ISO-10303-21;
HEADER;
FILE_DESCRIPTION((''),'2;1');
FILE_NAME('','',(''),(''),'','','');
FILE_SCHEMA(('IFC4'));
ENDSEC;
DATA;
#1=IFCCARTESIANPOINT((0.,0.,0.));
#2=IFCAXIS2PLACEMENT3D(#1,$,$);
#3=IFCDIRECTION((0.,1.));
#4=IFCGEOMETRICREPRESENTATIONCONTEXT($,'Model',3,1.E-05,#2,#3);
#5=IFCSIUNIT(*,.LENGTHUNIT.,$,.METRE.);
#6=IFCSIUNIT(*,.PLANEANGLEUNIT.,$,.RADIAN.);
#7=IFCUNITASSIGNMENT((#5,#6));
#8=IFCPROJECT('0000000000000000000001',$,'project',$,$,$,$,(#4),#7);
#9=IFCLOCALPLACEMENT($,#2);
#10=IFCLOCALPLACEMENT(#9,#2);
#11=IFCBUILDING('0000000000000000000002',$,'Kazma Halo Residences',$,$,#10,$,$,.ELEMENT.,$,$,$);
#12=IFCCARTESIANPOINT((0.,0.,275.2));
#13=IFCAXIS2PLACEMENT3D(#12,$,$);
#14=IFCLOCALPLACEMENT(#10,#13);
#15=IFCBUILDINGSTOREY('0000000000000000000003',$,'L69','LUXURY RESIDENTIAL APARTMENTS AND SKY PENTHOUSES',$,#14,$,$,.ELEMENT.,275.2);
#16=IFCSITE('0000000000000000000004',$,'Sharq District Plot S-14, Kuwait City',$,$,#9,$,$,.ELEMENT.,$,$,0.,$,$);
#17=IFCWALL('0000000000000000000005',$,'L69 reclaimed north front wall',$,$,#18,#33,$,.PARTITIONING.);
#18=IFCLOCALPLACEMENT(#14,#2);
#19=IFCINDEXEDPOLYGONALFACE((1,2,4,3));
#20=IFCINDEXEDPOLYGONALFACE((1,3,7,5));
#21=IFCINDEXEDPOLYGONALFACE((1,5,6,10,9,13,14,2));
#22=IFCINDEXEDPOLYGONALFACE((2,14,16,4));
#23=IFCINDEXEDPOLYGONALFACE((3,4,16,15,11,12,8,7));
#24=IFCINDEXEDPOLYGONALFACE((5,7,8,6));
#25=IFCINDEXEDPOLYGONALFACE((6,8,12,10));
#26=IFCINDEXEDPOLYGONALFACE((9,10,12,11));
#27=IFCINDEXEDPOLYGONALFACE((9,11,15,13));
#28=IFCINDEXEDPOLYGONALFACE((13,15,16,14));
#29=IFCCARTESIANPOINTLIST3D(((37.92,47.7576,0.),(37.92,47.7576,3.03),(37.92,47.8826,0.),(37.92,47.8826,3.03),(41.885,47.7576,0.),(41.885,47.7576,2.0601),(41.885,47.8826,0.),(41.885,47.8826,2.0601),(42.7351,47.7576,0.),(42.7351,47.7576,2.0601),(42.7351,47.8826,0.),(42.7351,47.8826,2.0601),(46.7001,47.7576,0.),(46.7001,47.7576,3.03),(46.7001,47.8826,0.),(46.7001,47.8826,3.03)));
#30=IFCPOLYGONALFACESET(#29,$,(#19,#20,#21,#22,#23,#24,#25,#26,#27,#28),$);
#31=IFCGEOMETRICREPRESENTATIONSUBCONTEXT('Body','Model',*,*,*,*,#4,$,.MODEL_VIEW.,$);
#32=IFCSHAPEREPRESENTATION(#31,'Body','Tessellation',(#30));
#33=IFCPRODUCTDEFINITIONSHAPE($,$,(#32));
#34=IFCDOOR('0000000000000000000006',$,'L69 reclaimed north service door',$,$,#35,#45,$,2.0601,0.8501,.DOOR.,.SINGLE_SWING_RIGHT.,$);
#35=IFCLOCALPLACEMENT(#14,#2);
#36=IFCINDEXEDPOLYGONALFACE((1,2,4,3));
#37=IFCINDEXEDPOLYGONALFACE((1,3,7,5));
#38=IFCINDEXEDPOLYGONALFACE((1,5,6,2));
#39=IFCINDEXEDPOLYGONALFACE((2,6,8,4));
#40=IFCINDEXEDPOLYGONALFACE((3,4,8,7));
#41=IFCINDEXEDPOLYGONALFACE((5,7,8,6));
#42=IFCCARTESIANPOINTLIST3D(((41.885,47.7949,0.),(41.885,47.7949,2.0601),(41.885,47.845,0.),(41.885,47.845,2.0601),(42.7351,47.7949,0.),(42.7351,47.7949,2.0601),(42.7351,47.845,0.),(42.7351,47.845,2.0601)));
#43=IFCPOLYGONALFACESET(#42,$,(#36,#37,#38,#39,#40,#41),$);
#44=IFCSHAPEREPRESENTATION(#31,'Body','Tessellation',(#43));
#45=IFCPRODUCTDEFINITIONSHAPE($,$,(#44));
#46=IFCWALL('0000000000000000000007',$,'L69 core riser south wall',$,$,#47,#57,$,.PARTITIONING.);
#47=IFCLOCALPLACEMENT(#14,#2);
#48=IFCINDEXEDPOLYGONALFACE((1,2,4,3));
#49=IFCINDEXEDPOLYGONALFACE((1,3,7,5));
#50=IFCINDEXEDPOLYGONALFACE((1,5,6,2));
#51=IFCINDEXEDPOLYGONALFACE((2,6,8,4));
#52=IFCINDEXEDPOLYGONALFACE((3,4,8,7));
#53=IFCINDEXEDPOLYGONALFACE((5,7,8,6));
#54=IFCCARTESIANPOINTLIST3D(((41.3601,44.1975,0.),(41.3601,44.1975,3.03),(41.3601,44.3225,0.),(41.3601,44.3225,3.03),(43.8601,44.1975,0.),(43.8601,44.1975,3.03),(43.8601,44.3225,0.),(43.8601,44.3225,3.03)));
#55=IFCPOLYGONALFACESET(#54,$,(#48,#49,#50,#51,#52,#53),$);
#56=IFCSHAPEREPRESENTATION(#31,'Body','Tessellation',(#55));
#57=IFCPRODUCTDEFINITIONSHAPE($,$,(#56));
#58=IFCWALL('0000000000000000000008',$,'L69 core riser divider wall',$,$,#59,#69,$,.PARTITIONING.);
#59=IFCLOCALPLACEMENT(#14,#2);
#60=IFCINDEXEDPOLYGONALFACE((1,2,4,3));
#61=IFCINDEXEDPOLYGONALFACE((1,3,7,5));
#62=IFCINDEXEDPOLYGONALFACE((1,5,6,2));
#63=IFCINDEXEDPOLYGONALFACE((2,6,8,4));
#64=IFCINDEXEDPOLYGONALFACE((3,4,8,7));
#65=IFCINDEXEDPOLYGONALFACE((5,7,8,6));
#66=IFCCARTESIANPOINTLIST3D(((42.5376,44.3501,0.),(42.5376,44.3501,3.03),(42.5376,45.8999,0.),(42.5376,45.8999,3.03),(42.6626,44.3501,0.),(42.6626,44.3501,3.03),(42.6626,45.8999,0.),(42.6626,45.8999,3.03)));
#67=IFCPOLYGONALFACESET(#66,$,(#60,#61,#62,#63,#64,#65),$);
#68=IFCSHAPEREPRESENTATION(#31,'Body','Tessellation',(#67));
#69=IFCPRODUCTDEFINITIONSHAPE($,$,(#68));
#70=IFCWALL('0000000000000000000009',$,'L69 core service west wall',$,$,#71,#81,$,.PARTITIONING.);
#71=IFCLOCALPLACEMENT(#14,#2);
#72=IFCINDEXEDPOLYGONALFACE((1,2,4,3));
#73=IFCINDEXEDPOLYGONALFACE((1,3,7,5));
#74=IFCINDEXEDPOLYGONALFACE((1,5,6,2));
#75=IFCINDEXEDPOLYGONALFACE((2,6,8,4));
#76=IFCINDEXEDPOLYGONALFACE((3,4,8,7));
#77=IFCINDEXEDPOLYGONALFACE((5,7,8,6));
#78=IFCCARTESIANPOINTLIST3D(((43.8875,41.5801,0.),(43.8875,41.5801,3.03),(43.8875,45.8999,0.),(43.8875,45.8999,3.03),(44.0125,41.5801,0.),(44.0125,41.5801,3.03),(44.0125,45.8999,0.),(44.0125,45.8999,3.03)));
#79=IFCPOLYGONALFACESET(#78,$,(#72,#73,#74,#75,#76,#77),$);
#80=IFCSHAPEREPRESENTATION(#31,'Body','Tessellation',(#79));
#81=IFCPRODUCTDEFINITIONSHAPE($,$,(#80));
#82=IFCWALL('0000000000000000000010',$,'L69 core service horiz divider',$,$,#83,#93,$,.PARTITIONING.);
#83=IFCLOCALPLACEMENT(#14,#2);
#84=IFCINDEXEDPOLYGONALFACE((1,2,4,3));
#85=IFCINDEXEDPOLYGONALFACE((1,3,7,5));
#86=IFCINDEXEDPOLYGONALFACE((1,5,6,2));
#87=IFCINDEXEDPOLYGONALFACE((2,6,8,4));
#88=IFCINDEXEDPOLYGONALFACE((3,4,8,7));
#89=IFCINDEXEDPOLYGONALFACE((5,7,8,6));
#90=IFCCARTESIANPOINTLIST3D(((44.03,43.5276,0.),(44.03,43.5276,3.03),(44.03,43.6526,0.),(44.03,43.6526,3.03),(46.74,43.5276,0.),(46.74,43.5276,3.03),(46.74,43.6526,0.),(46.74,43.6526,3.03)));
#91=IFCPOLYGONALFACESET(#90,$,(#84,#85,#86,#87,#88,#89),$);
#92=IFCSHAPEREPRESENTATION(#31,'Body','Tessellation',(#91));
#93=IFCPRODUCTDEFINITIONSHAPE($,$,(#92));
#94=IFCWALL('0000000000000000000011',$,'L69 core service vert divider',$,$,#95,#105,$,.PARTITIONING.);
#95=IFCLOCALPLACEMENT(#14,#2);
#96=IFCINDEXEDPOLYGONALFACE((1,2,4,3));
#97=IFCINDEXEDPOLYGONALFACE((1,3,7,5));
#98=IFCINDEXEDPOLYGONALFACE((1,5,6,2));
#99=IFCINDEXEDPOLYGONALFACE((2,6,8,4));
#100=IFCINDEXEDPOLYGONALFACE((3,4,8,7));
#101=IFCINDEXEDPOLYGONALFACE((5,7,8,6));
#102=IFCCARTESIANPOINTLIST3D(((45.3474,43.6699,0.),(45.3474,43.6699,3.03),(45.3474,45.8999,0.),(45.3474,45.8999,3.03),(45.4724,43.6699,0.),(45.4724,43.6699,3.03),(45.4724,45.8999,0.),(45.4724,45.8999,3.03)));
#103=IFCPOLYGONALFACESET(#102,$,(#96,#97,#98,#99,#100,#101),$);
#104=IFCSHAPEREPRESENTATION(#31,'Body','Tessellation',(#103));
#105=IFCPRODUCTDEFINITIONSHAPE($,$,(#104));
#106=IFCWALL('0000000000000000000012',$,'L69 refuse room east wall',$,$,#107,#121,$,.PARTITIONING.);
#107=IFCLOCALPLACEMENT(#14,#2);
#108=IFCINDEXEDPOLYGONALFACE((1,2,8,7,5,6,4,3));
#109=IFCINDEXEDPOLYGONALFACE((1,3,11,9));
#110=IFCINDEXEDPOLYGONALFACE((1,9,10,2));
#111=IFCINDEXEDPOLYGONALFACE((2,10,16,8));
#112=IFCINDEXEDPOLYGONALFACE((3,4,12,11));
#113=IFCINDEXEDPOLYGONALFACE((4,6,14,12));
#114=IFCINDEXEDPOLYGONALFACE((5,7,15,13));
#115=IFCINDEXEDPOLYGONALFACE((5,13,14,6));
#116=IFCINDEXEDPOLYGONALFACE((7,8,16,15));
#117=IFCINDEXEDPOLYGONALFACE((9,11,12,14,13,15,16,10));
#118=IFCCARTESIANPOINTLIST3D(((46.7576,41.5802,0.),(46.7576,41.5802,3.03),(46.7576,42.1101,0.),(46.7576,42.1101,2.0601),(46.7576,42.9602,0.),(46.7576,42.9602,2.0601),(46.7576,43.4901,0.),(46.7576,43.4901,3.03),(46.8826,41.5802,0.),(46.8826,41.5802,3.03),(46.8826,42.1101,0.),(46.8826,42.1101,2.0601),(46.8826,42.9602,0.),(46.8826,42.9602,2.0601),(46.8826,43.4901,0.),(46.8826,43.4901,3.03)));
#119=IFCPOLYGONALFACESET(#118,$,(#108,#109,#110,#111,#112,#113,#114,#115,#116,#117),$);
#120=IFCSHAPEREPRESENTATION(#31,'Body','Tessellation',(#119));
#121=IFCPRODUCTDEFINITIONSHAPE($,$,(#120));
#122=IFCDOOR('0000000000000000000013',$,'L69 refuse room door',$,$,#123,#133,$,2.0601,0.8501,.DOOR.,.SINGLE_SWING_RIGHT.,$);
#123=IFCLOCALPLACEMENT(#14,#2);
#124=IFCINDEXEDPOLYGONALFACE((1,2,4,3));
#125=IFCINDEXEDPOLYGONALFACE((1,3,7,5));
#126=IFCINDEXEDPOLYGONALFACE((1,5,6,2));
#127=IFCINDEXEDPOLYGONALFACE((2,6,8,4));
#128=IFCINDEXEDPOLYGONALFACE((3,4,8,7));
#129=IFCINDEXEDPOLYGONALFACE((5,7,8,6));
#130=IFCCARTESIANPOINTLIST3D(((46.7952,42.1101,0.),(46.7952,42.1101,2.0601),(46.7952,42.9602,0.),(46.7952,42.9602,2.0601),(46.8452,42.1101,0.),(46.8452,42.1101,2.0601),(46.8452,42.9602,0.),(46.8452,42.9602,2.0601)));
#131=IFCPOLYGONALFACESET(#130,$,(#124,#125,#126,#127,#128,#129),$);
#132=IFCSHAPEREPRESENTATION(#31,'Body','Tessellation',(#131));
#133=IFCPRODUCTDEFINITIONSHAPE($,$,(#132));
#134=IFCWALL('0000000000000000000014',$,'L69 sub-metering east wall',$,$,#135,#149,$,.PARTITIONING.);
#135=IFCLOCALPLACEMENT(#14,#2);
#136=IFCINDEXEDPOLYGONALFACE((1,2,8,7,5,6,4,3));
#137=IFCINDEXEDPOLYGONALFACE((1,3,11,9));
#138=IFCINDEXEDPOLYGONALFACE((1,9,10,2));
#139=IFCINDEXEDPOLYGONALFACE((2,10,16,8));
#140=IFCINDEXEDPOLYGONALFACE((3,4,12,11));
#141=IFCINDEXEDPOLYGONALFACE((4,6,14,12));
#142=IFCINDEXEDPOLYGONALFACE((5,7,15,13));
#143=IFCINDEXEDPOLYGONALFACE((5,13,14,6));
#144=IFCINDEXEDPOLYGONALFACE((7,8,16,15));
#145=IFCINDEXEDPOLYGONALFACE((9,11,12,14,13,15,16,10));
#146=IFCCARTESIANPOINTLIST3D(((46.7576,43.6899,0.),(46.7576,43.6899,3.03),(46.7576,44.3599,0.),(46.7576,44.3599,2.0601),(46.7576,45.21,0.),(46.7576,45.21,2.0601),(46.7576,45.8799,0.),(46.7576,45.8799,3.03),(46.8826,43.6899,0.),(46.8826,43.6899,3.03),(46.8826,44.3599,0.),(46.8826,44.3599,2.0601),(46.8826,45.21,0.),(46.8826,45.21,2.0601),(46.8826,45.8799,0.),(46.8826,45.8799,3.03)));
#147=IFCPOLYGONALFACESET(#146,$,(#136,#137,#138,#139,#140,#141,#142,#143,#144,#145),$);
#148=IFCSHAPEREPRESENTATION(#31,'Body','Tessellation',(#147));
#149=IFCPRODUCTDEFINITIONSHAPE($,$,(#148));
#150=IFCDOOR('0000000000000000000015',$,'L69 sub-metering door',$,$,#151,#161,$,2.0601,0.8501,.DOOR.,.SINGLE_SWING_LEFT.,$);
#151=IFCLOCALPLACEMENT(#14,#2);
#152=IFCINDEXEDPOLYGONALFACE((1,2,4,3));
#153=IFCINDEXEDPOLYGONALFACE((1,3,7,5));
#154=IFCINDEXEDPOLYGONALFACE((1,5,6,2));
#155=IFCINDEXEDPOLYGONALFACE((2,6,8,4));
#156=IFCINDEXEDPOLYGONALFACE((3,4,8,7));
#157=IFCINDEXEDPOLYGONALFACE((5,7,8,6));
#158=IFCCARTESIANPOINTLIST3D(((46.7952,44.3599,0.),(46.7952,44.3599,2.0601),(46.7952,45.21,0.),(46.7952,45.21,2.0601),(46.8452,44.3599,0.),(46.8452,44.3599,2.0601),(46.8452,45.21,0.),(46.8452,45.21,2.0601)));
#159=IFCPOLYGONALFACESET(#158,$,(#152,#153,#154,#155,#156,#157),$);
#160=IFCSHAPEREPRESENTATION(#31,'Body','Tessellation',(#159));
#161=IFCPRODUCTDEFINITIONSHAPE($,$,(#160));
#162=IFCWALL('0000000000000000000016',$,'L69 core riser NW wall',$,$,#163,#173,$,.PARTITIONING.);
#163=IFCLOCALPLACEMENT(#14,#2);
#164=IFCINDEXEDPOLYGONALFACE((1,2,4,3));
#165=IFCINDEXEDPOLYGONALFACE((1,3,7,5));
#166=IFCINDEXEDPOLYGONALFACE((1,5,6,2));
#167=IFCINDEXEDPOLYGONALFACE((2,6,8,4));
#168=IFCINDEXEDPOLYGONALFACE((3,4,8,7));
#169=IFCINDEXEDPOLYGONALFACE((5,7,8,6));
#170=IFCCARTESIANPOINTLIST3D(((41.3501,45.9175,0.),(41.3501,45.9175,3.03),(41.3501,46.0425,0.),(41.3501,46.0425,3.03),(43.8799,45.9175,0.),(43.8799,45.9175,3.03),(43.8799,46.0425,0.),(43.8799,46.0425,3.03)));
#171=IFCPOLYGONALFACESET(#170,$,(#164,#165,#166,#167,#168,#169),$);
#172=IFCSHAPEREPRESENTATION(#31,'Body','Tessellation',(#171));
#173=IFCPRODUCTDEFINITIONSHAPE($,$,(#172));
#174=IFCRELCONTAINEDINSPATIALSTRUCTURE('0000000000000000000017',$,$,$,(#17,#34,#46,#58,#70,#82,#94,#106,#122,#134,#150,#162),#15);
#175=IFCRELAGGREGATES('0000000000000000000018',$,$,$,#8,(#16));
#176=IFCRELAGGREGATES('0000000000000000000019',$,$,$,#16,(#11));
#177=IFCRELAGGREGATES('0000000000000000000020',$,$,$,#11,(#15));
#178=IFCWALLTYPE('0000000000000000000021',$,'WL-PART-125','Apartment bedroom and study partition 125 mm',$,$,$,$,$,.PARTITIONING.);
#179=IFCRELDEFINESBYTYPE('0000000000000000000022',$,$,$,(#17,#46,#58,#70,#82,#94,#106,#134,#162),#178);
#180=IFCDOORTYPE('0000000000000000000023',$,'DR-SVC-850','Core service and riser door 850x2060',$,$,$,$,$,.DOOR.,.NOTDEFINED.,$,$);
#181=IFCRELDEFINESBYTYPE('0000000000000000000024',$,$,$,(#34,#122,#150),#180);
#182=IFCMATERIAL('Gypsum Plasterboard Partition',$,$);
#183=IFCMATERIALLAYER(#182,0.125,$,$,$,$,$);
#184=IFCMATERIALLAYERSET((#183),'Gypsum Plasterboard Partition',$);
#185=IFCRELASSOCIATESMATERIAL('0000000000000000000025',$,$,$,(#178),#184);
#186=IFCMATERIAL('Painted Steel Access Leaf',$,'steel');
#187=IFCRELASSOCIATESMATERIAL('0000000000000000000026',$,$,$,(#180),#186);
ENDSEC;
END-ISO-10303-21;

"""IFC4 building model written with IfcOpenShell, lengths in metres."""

from ifc_helpers import new_model, si_unit, direction, frame, frame_2d, origin, place, context, subcontext, project, spatial, rectangle, extrude, material, layer, layer_set, type_object, element, fill, save


model = new_model("IFC4")

# Units and contexts
model_context = context("Model", 3, precision=1e-05, world=origin(), true_north=direction((0.0, 1.0)))
body_context = subcontext(model_context, "Body", "Model", "MODEL_VIEW")
ifc_project = project(units=[si_unit("LENGTHUNIT", "METRE"), si_unit("PLANEANGLEUNIT", "RADIAN")], contexts=[model_context])

# Site, building, storey
site_placement = place(None, origin())
site = spatial("IfcSite", under=ifc_project, at=site_placement, Name="Sharq District Plot S-14, Kuwait City", CompositionType="ELEMENT", RefElevation=0.0)
building_placement = place(site_placement, origin())
building = spatial("IfcBuilding", under=site, at=building_placement, Name="Kazma Halo Residences", CompositionType="ELEMENT")
storey_placement = place(building_placement, frame((0.0, 0.0, 275.2)))
storey = spatial("IfcBuildingStorey", under=building, at=storey_placement, Name="L69", Description="LUXURY RESIDENTIAL APARTMENTS AND SKY PENTHOUSES", CompositionType="ELEMENT", Elevation=275.2)

# Wall, opening, door
ifc_material_1 = material(Name="Gypsum Plasterboard Partition")
ifc_layer_1 = layer(ifc_material_1, 0.125)
ifc_layer_set_1 = layer_set([ifc_layer_1], Name="Gypsum Plasterboard Partition")
wall_type_1 = type_object("IfcWallType", Name="WL-PART-125", Description="Apartment bedroom and study partition 125 mm", PredefinedType="PARTITIONING", material=ifc_layer_set_1)
wall_1_placement = place(storey_placement, frame((37.9199, 47.8201, 0.0), z_axis=(0.0, 0.0, 1.0), x_axis=(1.0, 0.0, 0.0)))
wall_1 = element("IfcWall", 1, at=wall_1_placement, inside=storey, type_object=wall_type_1, Name="L69 reclaimed north front wall", PredefinedType="PARTITIONING", context=body_context, shape_type="SweptSolid", body=[
    extrude(rectangle(XDim=8.78, YDim=0.125, at=frame_2d((4.3901, 0.0))), origin(), (0.0, 0.0, 1.0), 3.03),
])
opening_1_placement = place(wall_1_placement, frame((3.9651, 0.0, 0.0)))
opening_1 = element("IfcOpeningElement", 2, at=opening_1_placement, cuts=wall_1, PredefinedType="OPENING", context=body_context, shape_type="SweptSolid", body=[
    extrude(rectangle(XDim=0.8501, YDim=2.0601, at=frame_2d((0.425, 1.03))), frame((0.0, 0.0725, 0.0), z_axis=(0.0, -1.0, 0.0), x_axis=(1.0, 0.0, 0.0)), (0.0, 0.0, 1.0), 0.145),
])
ifc_material_2 = material(Name="Painted Steel Access Leaf", Category="steel")
door_type_1 = type_object("IfcDoorType", Name="DR-SVC-850", Description="Core service and riser door 850x2060", OperationType="NOTDEFINED", PredefinedType="DOOR", material=ifc_material_2)
door_1_placement = place(opening_1_placement, origin())
door_1 = element("IfcDoor", 3, at=door_1_placement, inside=storey, type_object=door_type_1, Name="L69 reclaimed north service door", OperationType="SINGLE_SWING_RIGHT", OverallHeight=2.0601, OverallWidth=0.8501, PredefinedType="DOOR", context=body_context, shape_type="SweptSolid", body=[
    extrude(rectangle(XDim=0.8501, YDim=2.0601, at=frame_2d((0.425, 1.03))), frame((0.0, 0.0249, 0.0), z_axis=(0.0, -1.0, 0.0), x_axis=(1.0, 0.0, 0.0)), (0.0, 0.0, 1.0), 0.05),
])
fill(opening_1, door_1)

# Walls
wall_2_placement = place(storey_placement, frame((41.3601, 44.26, 0.0), z_axis=(0.0, 0.0, 1.0), x_axis=(1.0, 0.0, 0.0)))
element("IfcWall", 4, at=wall_2_placement, inside=storey, type_object=wall_type_1, Name="L69 core riser south wall", PredefinedType="PARTITIONING", context=body_context, shape_type="SweptSolid", body=[
    extrude(rectangle(XDim=2.5, YDim=0.125, at=frame_2d((1.25, 0.0))), origin(), (0.0, 0.0, 1.0), 3.03),
])
wall_3_placement = place(storey_placement, frame((42.6001, 44.3501, 0.0), z_axis=(0.0, 0.0, 1.0), x_axis=(0.0, 1.0, 0.0)))
element("IfcWall", 5, at=wall_3_placement, inside=storey, type_object=wall_type_1, Name="L69 core riser divider wall", PredefinedType="PARTITIONING", context=body_context, shape_type="SweptSolid", body=[
    extrude(rectangle(XDim=1.5498, YDim=0.125, at=frame_2d((0.7749, 0.0))), origin(), (0.0, 0.0, 1.0), 3.03),
])
wall_4_placement = place(storey_placement, frame((43.95, 41.5801, 0.0), z_axis=(0.0, 0.0, 1.0), x_axis=(0.0, 1.0, 0.0)))
element("IfcWall", 6, at=wall_4_placement, inside=storey, type_object=wall_type_1, Name="L69 core service west wall", PredefinedType="PARTITIONING", context=body_context, shape_type="SweptSolid", body=[
    extrude(rectangle(XDim=4.3198, YDim=0.125, at=frame_2d((2.1599, 0.0))), origin(), (0.0, 0.0, 1.0), 3.03),
])
wall_5_placement = place(storey_placement, frame((44.03, 43.5901, 0.0), z_axis=(0.0, 0.0, 1.0), x_axis=(1.0, 0.0, 0.0)))
element("IfcWall", 7, at=wall_5_placement, inside=storey, type_object=wall_type_1, Name="L69 core service horiz divider", PredefinedType="PARTITIONING", context=body_context, shape_type="SweptSolid", body=[
    extrude(rectangle(XDim=2.71, YDim=0.125, at=frame_2d((1.355, 0.0))), origin(), (0.0, 0.0, 1.0), 3.03),
])
wall_6_placement = place(storey_placement, frame((45.4099, 43.6699, 0.0), z_axis=(0.0, 0.0, 1.0), x_axis=(0.0, 1.0, 0.0)))
element("IfcWall", 8, at=wall_6_placement, inside=storey, type_object=wall_type_1, Name="L69 core service vert divider", PredefinedType="PARTITIONING", context=body_context, shape_type="SweptSolid", body=[
    extrude(rectangle(XDim=2.23, YDim=0.125, at=frame_2d((1.115, 0.0))), origin(), (0.0, 0.0, 1.0), 3.03),
])

# Walls, openings, doors
wall_7_placement = place(storey_placement, frame((46.8201, 41.5801, 0.0), z_axis=(0.0, 0.0, 1.0), x_axis=(0.0, 1.0, 0.0)))
wall_7 = element("IfcWall", 9, at=wall_7_placement, inside=storey, type_object=wall_type_1, Name="L69 refuse room east wall", PredefinedType="PARTITIONING", context=body_context, shape_type="SweptSolid", body=[
    extrude(rectangle(XDim=1.9099, YDim=0.125, at=frame_2d((0.9551, 0.0))), origin(), (0.0, 0.0, 1.0), 3.03),
])
opening_2_placement = place(wall_7_placement, frame((0.53, 0.0, 0.0)))
opening_2 = element("IfcOpeningElement", 10, at=opening_2_placement, cuts=wall_7, PredefinedType="OPENING", context=body_context, shape_type="SweptSolid", body=[
    extrude(rectangle(XDim=0.8501, YDim=2.0601, at=frame_2d((0.425, 1.03))), frame((0.0, 0.0725, 0.0), z_axis=(0.0, -1.0, 0.0), x_axis=(1.0, 0.0, 0.0)), (0.0, 0.0, 1.0), 0.145),
])
door_2_placement = place(opening_2_placement, origin())
door_2 = element("IfcDoor", 11, at=door_2_placement, inside=storey, type_object=door_type_1, Name="L69 refuse room door", OperationType="SINGLE_SWING_RIGHT", OverallHeight=2.0601, OverallWidth=0.8501, PredefinedType="DOOR", context=body_context, shape_type="SweptSolid", body=[
    extrude(rectangle(XDim=0.8501, YDim=2.0601, at=frame_2d((0.425, 1.03))), frame((0.0, 0.0249, 0.0), z_axis=(0.0, -1.0, 0.0), x_axis=(1.0, 0.0, 0.0)), (0.0, 0.0, 1.0), 0.05),
])
fill(opening_2, door_2)
wall_8_placement = place(storey_placement, frame((46.8201, 43.6899, 0.0), z_axis=(0.0, 0.0, 1.0), x_axis=(0.0, 1.0, 0.0)))
wall_8 = element("IfcWall", 12, at=wall_8_placement, inside=storey, type_object=wall_type_1, Name="L69 sub-metering east wall", PredefinedType="PARTITIONING", context=body_context, shape_type="SweptSolid", body=[
    extrude(rectangle(XDim=2.1899, YDim=0.125, at=frame_2d((1.095, 0.0))), origin(), (0.0, 0.0, 1.0), 3.03),
])
opening_3_placement = place(wall_8_placement, frame((0.6699, 0.0, 0.0)))
opening_3 = element("IfcOpeningElement", 13, at=opening_3_placement, cuts=wall_8, PredefinedType="OPENING", context=body_context, shape_type="SweptSolid", body=[
    extrude(rectangle(XDim=0.8501, YDim=2.0601, at=frame_2d((0.425, 1.03))), frame((0.0, 0.0725, 0.0), z_axis=(0.0, -1.0, 0.0), x_axis=(1.0, 0.0, 0.0)), (0.0, 0.0, 1.0), 0.145),
])
door_3_placement = place(opening_3_placement, origin())
door_3 = element("IfcDoor", 14, at=door_3_placement, inside=storey, type_object=door_type_1, Name="L69 sub-metering door", OperationType="SINGLE_SWING_LEFT", OverallHeight=2.0601, OverallWidth=0.8501, PredefinedType="DOOR", context=body_context, shape_type="SweptSolid", body=[
    extrude(rectangle(XDim=0.8501, YDim=2.0601, at=frame_2d((0.425, 1.03))), frame((0.0, 0.0249, 0.0), z_axis=(0.0, -1.0, 0.0), x_axis=(1.0, 0.0, 0.0)), (0.0, 0.0, 1.0), 0.05),
])
fill(opening_3, door_3)

# Wall
wall_9_placement = place(storey_placement, frame((41.3501, 45.98, 0.0), z_axis=(0.0, 0.0, 1.0), x_axis=(1.0, 0.0, 0.0)))
element("IfcWall", 15, at=wall_9_placement, inside=storey, type_object=wall_type_1, Name="L69 core riser NW wall", PredefinedType="PARTITIONING", context=body_context, shape_type="SweptSolid", body=[
    extrude(rectangle(XDim=2.5298, YDim=0.125, at=frame_2d((1.2649, 0.0))), origin(), (0.0, 0.0, 1.0), 3.03),
])

save(model, "model.ifc")
